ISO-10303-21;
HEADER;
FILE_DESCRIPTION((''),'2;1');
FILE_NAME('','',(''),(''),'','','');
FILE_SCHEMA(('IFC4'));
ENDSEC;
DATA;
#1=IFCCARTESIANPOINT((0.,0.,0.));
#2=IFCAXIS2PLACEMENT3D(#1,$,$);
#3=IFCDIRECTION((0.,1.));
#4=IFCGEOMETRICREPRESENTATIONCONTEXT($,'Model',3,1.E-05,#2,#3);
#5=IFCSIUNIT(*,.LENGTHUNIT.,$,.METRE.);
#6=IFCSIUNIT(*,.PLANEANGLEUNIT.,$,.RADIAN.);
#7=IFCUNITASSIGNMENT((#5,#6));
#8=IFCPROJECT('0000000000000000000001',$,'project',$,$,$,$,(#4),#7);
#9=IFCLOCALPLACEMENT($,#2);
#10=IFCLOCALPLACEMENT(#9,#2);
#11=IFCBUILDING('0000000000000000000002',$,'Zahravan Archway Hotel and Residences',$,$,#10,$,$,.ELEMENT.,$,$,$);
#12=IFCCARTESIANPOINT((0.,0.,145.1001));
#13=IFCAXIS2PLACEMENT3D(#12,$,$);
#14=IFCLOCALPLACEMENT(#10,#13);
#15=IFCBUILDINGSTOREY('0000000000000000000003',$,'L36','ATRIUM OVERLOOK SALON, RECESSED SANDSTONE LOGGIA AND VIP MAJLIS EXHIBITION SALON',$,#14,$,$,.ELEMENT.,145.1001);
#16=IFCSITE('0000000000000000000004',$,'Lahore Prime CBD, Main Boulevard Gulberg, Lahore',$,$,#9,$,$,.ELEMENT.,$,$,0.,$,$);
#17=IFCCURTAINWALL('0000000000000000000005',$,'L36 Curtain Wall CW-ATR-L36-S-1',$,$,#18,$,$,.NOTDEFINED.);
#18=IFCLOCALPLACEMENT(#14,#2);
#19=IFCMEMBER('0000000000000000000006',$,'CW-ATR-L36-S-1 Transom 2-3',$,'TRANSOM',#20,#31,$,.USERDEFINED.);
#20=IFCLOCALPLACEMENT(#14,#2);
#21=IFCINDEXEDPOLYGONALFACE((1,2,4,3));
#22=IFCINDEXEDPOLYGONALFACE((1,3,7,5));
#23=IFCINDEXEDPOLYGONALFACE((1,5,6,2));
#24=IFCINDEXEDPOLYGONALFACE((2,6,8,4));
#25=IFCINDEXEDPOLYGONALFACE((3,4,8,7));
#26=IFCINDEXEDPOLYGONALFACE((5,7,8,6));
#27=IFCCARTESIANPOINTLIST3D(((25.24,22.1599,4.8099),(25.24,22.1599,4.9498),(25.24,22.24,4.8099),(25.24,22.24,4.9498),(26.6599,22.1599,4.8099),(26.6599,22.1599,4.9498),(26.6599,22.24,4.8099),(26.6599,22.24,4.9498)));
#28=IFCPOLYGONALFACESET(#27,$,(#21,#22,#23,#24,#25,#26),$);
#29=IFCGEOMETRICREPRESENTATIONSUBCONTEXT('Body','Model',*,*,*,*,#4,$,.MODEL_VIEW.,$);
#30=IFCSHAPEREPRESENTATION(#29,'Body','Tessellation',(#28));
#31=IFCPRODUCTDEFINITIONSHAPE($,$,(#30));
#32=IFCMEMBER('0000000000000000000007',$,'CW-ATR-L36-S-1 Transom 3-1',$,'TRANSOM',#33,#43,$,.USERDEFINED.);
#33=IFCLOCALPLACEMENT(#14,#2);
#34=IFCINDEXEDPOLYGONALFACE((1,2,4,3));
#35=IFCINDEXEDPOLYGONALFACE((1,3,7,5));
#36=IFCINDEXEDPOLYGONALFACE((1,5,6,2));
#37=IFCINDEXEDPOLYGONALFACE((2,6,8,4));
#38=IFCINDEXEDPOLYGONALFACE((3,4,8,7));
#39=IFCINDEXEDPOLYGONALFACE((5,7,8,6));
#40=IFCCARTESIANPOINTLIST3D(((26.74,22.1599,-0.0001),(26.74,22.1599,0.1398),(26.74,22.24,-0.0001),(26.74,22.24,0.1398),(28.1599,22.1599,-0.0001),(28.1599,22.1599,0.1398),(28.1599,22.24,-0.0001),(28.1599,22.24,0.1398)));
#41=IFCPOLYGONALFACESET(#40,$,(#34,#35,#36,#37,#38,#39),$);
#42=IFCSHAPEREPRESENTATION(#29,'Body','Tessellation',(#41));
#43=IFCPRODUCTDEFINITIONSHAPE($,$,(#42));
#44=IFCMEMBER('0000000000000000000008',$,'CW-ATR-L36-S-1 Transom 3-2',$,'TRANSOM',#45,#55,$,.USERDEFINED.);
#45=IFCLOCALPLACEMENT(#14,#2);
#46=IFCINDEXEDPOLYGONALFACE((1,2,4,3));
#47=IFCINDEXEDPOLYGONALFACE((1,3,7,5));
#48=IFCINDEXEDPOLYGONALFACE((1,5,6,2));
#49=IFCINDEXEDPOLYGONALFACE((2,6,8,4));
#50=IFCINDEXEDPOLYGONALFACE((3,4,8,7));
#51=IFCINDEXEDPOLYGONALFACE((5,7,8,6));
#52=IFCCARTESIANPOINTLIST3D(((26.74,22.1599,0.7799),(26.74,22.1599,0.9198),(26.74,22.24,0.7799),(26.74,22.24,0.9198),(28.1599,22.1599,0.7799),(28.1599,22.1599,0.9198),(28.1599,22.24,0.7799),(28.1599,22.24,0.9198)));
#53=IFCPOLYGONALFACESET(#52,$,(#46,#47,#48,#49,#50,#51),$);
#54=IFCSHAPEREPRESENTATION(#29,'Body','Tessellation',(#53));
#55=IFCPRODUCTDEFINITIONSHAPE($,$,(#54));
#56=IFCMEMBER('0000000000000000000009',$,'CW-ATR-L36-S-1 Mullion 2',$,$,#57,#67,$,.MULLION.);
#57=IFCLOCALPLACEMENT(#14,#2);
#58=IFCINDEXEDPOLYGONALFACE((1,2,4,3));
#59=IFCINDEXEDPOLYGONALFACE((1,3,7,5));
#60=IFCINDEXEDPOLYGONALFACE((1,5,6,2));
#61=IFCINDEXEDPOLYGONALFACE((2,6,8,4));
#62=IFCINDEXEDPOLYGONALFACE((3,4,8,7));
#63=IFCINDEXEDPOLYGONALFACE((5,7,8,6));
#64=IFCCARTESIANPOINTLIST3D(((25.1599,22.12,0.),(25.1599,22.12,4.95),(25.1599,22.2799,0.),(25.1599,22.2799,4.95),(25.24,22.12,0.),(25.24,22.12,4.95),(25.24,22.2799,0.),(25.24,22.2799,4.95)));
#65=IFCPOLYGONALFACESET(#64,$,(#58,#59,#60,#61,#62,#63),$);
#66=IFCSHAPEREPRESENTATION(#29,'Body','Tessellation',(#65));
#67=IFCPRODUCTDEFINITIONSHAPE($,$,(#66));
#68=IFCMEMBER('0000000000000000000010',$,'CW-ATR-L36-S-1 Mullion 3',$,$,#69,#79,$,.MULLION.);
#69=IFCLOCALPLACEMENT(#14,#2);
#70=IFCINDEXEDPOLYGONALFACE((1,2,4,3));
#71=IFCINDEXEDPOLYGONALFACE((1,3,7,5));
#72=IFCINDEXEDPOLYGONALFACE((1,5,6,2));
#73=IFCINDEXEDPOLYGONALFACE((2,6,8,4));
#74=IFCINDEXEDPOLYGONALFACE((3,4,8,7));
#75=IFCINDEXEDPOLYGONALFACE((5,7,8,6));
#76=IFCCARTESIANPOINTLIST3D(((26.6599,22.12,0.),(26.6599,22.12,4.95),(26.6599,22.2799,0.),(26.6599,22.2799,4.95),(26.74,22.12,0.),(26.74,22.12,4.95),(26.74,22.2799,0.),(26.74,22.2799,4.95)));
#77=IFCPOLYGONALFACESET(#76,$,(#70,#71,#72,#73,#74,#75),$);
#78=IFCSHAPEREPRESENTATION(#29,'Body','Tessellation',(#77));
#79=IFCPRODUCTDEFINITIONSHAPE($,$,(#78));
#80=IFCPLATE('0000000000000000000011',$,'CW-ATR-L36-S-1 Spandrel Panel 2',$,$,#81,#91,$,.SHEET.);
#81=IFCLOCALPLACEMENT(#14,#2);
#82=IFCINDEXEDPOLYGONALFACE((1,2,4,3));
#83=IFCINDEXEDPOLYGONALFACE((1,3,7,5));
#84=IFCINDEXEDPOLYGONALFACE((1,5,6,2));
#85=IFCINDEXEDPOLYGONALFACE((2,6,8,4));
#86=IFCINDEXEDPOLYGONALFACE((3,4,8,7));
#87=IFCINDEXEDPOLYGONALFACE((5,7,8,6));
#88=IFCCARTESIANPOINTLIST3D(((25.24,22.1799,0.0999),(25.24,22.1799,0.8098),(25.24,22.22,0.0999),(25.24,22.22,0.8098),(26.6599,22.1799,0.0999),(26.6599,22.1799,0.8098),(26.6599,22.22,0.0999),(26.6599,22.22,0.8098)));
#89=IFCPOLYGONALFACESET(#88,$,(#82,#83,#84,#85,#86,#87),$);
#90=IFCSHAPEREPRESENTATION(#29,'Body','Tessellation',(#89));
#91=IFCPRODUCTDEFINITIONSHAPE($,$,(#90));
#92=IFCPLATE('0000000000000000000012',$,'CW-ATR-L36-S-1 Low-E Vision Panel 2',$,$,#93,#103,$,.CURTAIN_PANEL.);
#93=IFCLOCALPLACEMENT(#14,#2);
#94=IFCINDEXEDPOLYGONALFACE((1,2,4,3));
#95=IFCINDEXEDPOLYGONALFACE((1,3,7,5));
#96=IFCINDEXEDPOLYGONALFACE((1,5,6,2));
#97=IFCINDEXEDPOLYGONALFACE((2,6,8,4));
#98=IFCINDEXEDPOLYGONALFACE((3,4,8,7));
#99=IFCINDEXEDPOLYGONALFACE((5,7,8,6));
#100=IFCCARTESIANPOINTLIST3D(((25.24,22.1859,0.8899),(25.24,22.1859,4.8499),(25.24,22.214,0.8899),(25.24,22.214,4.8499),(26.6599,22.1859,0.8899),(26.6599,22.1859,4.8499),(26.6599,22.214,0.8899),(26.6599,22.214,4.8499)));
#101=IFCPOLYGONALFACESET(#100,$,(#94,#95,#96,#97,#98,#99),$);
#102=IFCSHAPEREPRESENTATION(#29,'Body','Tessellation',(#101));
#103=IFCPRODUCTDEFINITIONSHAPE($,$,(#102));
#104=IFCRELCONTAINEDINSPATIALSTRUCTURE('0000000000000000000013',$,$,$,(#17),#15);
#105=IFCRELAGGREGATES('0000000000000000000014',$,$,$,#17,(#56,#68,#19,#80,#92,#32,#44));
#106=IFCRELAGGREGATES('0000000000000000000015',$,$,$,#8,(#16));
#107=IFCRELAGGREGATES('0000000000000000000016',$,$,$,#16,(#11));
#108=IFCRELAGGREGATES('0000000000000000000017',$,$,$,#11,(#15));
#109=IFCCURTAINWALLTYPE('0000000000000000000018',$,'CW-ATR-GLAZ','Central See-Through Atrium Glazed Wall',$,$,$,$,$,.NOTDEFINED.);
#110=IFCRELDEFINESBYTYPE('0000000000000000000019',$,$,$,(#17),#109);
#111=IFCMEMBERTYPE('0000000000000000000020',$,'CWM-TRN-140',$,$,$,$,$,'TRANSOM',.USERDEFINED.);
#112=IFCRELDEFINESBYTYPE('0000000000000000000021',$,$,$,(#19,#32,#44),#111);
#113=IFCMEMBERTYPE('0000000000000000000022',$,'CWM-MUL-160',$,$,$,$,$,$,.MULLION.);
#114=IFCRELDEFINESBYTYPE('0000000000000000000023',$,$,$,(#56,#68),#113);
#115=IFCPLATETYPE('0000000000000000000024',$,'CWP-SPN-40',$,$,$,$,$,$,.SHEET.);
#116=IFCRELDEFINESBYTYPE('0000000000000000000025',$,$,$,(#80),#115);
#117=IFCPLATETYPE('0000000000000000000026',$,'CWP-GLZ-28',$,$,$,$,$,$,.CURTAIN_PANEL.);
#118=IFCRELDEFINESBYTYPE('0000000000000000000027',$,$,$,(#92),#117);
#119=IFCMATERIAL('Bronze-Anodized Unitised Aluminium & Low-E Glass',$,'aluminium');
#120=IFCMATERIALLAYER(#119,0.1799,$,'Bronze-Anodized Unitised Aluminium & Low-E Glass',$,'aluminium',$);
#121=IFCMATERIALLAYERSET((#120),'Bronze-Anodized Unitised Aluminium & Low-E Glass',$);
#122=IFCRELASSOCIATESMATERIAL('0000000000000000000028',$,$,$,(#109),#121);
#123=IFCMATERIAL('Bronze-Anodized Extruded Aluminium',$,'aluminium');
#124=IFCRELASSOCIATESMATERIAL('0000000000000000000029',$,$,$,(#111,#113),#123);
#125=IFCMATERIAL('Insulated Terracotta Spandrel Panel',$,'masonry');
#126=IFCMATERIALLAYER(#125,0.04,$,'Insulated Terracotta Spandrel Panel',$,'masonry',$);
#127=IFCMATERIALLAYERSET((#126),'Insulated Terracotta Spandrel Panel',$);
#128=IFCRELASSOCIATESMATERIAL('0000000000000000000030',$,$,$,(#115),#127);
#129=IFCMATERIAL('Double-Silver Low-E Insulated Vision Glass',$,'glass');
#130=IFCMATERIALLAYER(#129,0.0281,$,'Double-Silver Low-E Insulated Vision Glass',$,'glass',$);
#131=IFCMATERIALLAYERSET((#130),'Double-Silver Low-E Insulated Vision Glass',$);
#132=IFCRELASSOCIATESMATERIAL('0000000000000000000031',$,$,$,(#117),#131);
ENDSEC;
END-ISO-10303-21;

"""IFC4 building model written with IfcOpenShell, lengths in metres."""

from ifc_helpers import new_model, si_unit, direction, frame, origin, origin_2d, place, context, subcontext, project, spatial, rectangle, extrude, source, transform, mapped, material, layer, layer_set, material_profile, profile_set, type_object, element, aggregate, save


model = new_model("IFC4")

# Units and contexts
model_context = context("Model", 3, precision=1e-05, world=origin(), true_north=direction((0.0, 1.0)))
body_context = subcontext(model_context, "Body", "Model", "MODEL_VIEW")
ifc_project = project(units=[si_unit("LENGTHUNIT", "METRE"), si_unit("PLANEANGLEUNIT", "RADIAN")], contexts=[model_context])

# Site, building, storey
site_placement = place(None, origin())
site = spatial("IfcSite", under=ifc_project, at=site_placement, Name="Lahore Prime CBD, Main Boulevard Gulberg, Lahore", CompositionType="ELEMENT", RefElevation=0.0)
building_placement = place(site_placement, origin())
building = spatial("IfcBuilding", under=site, at=building_placement, Name="Zahravan Archway Hotel and Residences", CompositionType="ELEMENT")
storey_placement = place(building_placement, frame((0.0, 0.0, 145.1001)))
storey = spatial("IfcBuildingStorey", under=building, at=storey_placement, Name="L36", Description="ATRIUM OVERLOOK SALON, RECESSED SANDSTONE LOGGIA AND VIP MAJLIS EXHIBITION SALON", CompositionType="ELEMENT", Elevation=145.1001)

# Curtain wall, members, plates
ifc_material_1 = material(Name="Bronze-Anodized Unitised Aluminium & Low-E Glass", Category="aluminium")
ifc_layer_1 = layer(ifc_material_1, 0.1799, Name="Bronze-Anodized Unitised Aluminium & Low-E Glass", Category="aluminium")
ifc_layer_set_1 = layer_set([ifc_layer_1], Name="Bronze-Anodized Unitised Aluminium & Low-E Glass")
curtain_wall_type = type_object("IfcCurtainWallType", Name="CW-ATR-GLAZ", Description="Central See-Through Atrium Glazed Wall", PredefinedType="NOTDEFINED", material=ifc_layer_set_1)
curtain_wall_placement = place(storey_placement, origin())
curtain_wall = element("IfcCurtainWall", 1, at=curtain_wall_placement, inside=storey, type_object=curtain_wall_type, Name="L36 Curtain Wall CW-ATR-L36-S-1", PredefinedType="NOTDEFINED")
ifc_material_2 = material(Name="Bronze-Anodized Extruded Aluminium", Category="aluminium")
ifc_material_profile_1 = material_profile(ifc_material_2, rectangle(XDim=0.0801, YDim=0.1399, at=origin_2d()), Name="TRN 80x140", Category="aluminium")
ifc_profile_set_1 = profile_set([ifc_material_profile_1], Name="Bronze-Anodized Extruded Aluminium")
member_type_1 = type_object("IfcMemberType", Name="CWM-TRN-140", ElementType="TRANSOM", PredefinedType="USERDEFINED", material=ifc_profile_set_1)
shared_shape_1 = source(origin(), body_context, "Body", "SweptSolid", [
    extrude(rectangle(XDim=0.0801, YDim=0.1399, at=origin_2d()), origin(), (0.0, 0.0, 1.0), 1.4199),
])
member_1_placement = place(storey_placement, frame((25.24, 22.2, 4.8799), z_axis=(1.0, 0.0, 0.0), x_axis=(0.0, 1.0, 0.0)))
member_1 = element("IfcMember", 2, at=member_1_placement, type_object=member_type_1, Name="CW-ATR-L36-S-1 Transom 2-3", ObjectType="TRANSOM", PredefinedType="USERDEFINED", context=body_context, shape_type="MappedRepresentation", body=[
    mapped(shared_shape_1, transform((0.0, 0.0, 0.0), scale=1.0)),
])
member_2_placement = place(storey_placement, frame((26.74, 22.2, 0.0698), z_axis=(1.0, 0.0, 0.0), x_axis=(0.0, 1.0, 0.0)))
member_2 = element("IfcMember", 3, at=member_2_placement, type_object=member_type_1, Name="CW-ATR-L36-S-1 Transom 3-1", ObjectType="TRANSOM", PredefinedType="USERDEFINED", context=body_context, shape_type="MappedRepresentation", body=[
    mapped(shared_shape_1, transform((0.0, 0.0, 0.0), scale=1.0)),
])
member_3_placement = place(storey_placement, frame((26.74, 22.2, 0.8499), z_axis=(1.0, 0.0, 0.0), x_axis=(0.0, 1.0, 0.0)))
member_3 = element("IfcMember", 4, at=member_3_placement, type_object=member_type_1, Name="CW-ATR-L36-S-1 Transom 3-2", ObjectType="TRANSOM", PredefinedType="USERDEFINED", context=body_context, shape_type="MappedRepresentation", body=[
    mapped(shared_shape_1, transform((0.0, 0.0, 0.0), scale=1.0)),
])
ifc_material_profile_2 = material_profile(ifc_material_2, rectangle(XDim=0.0801, YDim=0.1599, at=origin_2d()), Name="MUL 80x160", Category="aluminium")
ifc_profile_set_2 = profile_set([ifc_material_profile_2], Name="Bronze-Anodized Extruded Aluminium")
member_type_2 = type_object("IfcMemberType", Name="CWM-MUL-160", PredefinedType="MULLION", material=ifc_profile_set_2)
shared_shape_2 = source(origin(), body_context, "Body", "SweptSolid", [
    extrude(rectangle(XDim=0.0801, YDim=0.1599, at=origin_2d()), origin(), (0.0, 0.0, 1.0), 4.95),
])
member_4_placement = place(storey_placement, frame((25.2, 22.2, 0.0), z_axis=(0.0, 0.0, 1.0), x_axis=(1.0, 0.0, 0.0)))
member_4 = element("IfcMember", 5, at=member_4_placement, type_object=member_type_2, Name="CW-ATR-L36-S-1 Mullion 2", PredefinedType="MULLION", context=body_context, shape_type="MappedRepresentation", body=[
    mapped(shared_shape_2, transform((0.0, 0.0, 0.0), scale=1.0)),
])
member_5_placement = place(storey_placement, frame((26.7, 22.2, 0.0), z_axis=(0.0, 0.0, 1.0), x_axis=(1.0, 0.0, 0.0)))
member_5 = element("IfcMember", 6, at=member_5_placement, type_object=member_type_2, Name="CW-ATR-L36-S-1 Mullion 3", PredefinedType="MULLION", context=body_context, shape_type="MappedRepresentation", body=[
    mapped(shared_shape_2, transform((0.0, 0.0, 0.0), scale=1.0)),
])
ifc_material_3 = material(Name="Insulated Terracotta Spandrel Panel", Category="masonry")
ifc_layer_2 = layer(ifc_material_3, 0.04, Name="Insulated Terracotta Spandrel Panel", Category="masonry")
ifc_layer_set_2 = layer_set([ifc_layer_2], Name="Insulated Terracotta Spandrel Panel")
plate_type_1 = type_object("IfcPlateType", Name="CWP-SPN-40", PredefinedType="SHEET", material=ifc_layer_set_2)
shared_shape_3 = source(origin(), body_context, "Body", "SweptSolid", [
    extrude(rectangle(XDim=1.4199, YDim=0.04, at=origin_2d()), origin(), (0.0, 0.0, 1.0), 0.71),
])
plate_1_placement = place(storey_placement, frame((25.95, 22.2, 0.0999), z_axis=(0.0, 0.0, 1.0), x_axis=(1.0, 0.0, 0.0)))
plate_1 = element("IfcPlate", 7, at=plate_1_placement, type_object=plate_type_1, Name="CW-ATR-L36-S-1 Spandrel Panel 2", PredefinedType="SHEET", context=body_context, shape_type="MappedRepresentation", body=[
    mapped(shared_shape_3, transform((0.0, 0.0, 0.0), scale=1.0)),
])
ifc_material_4 = material(Name="Double-Silver Low-E Insulated Vision Glass", Category="glass")
ifc_layer_3 = layer(ifc_material_4, 0.0281, Name="Double-Silver Low-E Insulated Vision Glass", Category="glass")
ifc_layer_set_3 = layer_set([ifc_layer_3], Name="Double-Silver Low-E Insulated Vision Glass")
plate_type_2 = type_object("IfcPlateType", Name="CWP-GLZ-28", PredefinedType="CURTAIN_PANEL", material=ifc_layer_set_3)
shared_shape_4 = source(origin(), body_context, "Body", "SweptSolid", [
    extrude(rectangle(XDim=1.4199, YDim=0.0281, at=origin_2d()), origin(), (0.0, 0.0, 1.0), 3.96),
])
plate_2_placement = place(storey_placement, frame((25.95, 22.2, 0.8899), z_axis=(0.0, 0.0, 1.0), x_axis=(1.0, 0.0, 0.0)))
plate_2 = element("IfcPlate", 8, at=plate_2_placement, type_object=plate_type_2, Name="CW-ATR-L36-S-1 Low-E Vision Panel 2", PredefinedType="CURTAIN_PANEL", context=body_context, shape_type="MappedRepresentation", body=[
    mapped(shared_shape_4, transform((0.0, 0.0, 0.0), scale=1.0)),
])
aggregate(curtain_wall, [member_4, member_5, member_1, plate_1, plate_2, member_2, member_3])

save(model, "model.ifc")
